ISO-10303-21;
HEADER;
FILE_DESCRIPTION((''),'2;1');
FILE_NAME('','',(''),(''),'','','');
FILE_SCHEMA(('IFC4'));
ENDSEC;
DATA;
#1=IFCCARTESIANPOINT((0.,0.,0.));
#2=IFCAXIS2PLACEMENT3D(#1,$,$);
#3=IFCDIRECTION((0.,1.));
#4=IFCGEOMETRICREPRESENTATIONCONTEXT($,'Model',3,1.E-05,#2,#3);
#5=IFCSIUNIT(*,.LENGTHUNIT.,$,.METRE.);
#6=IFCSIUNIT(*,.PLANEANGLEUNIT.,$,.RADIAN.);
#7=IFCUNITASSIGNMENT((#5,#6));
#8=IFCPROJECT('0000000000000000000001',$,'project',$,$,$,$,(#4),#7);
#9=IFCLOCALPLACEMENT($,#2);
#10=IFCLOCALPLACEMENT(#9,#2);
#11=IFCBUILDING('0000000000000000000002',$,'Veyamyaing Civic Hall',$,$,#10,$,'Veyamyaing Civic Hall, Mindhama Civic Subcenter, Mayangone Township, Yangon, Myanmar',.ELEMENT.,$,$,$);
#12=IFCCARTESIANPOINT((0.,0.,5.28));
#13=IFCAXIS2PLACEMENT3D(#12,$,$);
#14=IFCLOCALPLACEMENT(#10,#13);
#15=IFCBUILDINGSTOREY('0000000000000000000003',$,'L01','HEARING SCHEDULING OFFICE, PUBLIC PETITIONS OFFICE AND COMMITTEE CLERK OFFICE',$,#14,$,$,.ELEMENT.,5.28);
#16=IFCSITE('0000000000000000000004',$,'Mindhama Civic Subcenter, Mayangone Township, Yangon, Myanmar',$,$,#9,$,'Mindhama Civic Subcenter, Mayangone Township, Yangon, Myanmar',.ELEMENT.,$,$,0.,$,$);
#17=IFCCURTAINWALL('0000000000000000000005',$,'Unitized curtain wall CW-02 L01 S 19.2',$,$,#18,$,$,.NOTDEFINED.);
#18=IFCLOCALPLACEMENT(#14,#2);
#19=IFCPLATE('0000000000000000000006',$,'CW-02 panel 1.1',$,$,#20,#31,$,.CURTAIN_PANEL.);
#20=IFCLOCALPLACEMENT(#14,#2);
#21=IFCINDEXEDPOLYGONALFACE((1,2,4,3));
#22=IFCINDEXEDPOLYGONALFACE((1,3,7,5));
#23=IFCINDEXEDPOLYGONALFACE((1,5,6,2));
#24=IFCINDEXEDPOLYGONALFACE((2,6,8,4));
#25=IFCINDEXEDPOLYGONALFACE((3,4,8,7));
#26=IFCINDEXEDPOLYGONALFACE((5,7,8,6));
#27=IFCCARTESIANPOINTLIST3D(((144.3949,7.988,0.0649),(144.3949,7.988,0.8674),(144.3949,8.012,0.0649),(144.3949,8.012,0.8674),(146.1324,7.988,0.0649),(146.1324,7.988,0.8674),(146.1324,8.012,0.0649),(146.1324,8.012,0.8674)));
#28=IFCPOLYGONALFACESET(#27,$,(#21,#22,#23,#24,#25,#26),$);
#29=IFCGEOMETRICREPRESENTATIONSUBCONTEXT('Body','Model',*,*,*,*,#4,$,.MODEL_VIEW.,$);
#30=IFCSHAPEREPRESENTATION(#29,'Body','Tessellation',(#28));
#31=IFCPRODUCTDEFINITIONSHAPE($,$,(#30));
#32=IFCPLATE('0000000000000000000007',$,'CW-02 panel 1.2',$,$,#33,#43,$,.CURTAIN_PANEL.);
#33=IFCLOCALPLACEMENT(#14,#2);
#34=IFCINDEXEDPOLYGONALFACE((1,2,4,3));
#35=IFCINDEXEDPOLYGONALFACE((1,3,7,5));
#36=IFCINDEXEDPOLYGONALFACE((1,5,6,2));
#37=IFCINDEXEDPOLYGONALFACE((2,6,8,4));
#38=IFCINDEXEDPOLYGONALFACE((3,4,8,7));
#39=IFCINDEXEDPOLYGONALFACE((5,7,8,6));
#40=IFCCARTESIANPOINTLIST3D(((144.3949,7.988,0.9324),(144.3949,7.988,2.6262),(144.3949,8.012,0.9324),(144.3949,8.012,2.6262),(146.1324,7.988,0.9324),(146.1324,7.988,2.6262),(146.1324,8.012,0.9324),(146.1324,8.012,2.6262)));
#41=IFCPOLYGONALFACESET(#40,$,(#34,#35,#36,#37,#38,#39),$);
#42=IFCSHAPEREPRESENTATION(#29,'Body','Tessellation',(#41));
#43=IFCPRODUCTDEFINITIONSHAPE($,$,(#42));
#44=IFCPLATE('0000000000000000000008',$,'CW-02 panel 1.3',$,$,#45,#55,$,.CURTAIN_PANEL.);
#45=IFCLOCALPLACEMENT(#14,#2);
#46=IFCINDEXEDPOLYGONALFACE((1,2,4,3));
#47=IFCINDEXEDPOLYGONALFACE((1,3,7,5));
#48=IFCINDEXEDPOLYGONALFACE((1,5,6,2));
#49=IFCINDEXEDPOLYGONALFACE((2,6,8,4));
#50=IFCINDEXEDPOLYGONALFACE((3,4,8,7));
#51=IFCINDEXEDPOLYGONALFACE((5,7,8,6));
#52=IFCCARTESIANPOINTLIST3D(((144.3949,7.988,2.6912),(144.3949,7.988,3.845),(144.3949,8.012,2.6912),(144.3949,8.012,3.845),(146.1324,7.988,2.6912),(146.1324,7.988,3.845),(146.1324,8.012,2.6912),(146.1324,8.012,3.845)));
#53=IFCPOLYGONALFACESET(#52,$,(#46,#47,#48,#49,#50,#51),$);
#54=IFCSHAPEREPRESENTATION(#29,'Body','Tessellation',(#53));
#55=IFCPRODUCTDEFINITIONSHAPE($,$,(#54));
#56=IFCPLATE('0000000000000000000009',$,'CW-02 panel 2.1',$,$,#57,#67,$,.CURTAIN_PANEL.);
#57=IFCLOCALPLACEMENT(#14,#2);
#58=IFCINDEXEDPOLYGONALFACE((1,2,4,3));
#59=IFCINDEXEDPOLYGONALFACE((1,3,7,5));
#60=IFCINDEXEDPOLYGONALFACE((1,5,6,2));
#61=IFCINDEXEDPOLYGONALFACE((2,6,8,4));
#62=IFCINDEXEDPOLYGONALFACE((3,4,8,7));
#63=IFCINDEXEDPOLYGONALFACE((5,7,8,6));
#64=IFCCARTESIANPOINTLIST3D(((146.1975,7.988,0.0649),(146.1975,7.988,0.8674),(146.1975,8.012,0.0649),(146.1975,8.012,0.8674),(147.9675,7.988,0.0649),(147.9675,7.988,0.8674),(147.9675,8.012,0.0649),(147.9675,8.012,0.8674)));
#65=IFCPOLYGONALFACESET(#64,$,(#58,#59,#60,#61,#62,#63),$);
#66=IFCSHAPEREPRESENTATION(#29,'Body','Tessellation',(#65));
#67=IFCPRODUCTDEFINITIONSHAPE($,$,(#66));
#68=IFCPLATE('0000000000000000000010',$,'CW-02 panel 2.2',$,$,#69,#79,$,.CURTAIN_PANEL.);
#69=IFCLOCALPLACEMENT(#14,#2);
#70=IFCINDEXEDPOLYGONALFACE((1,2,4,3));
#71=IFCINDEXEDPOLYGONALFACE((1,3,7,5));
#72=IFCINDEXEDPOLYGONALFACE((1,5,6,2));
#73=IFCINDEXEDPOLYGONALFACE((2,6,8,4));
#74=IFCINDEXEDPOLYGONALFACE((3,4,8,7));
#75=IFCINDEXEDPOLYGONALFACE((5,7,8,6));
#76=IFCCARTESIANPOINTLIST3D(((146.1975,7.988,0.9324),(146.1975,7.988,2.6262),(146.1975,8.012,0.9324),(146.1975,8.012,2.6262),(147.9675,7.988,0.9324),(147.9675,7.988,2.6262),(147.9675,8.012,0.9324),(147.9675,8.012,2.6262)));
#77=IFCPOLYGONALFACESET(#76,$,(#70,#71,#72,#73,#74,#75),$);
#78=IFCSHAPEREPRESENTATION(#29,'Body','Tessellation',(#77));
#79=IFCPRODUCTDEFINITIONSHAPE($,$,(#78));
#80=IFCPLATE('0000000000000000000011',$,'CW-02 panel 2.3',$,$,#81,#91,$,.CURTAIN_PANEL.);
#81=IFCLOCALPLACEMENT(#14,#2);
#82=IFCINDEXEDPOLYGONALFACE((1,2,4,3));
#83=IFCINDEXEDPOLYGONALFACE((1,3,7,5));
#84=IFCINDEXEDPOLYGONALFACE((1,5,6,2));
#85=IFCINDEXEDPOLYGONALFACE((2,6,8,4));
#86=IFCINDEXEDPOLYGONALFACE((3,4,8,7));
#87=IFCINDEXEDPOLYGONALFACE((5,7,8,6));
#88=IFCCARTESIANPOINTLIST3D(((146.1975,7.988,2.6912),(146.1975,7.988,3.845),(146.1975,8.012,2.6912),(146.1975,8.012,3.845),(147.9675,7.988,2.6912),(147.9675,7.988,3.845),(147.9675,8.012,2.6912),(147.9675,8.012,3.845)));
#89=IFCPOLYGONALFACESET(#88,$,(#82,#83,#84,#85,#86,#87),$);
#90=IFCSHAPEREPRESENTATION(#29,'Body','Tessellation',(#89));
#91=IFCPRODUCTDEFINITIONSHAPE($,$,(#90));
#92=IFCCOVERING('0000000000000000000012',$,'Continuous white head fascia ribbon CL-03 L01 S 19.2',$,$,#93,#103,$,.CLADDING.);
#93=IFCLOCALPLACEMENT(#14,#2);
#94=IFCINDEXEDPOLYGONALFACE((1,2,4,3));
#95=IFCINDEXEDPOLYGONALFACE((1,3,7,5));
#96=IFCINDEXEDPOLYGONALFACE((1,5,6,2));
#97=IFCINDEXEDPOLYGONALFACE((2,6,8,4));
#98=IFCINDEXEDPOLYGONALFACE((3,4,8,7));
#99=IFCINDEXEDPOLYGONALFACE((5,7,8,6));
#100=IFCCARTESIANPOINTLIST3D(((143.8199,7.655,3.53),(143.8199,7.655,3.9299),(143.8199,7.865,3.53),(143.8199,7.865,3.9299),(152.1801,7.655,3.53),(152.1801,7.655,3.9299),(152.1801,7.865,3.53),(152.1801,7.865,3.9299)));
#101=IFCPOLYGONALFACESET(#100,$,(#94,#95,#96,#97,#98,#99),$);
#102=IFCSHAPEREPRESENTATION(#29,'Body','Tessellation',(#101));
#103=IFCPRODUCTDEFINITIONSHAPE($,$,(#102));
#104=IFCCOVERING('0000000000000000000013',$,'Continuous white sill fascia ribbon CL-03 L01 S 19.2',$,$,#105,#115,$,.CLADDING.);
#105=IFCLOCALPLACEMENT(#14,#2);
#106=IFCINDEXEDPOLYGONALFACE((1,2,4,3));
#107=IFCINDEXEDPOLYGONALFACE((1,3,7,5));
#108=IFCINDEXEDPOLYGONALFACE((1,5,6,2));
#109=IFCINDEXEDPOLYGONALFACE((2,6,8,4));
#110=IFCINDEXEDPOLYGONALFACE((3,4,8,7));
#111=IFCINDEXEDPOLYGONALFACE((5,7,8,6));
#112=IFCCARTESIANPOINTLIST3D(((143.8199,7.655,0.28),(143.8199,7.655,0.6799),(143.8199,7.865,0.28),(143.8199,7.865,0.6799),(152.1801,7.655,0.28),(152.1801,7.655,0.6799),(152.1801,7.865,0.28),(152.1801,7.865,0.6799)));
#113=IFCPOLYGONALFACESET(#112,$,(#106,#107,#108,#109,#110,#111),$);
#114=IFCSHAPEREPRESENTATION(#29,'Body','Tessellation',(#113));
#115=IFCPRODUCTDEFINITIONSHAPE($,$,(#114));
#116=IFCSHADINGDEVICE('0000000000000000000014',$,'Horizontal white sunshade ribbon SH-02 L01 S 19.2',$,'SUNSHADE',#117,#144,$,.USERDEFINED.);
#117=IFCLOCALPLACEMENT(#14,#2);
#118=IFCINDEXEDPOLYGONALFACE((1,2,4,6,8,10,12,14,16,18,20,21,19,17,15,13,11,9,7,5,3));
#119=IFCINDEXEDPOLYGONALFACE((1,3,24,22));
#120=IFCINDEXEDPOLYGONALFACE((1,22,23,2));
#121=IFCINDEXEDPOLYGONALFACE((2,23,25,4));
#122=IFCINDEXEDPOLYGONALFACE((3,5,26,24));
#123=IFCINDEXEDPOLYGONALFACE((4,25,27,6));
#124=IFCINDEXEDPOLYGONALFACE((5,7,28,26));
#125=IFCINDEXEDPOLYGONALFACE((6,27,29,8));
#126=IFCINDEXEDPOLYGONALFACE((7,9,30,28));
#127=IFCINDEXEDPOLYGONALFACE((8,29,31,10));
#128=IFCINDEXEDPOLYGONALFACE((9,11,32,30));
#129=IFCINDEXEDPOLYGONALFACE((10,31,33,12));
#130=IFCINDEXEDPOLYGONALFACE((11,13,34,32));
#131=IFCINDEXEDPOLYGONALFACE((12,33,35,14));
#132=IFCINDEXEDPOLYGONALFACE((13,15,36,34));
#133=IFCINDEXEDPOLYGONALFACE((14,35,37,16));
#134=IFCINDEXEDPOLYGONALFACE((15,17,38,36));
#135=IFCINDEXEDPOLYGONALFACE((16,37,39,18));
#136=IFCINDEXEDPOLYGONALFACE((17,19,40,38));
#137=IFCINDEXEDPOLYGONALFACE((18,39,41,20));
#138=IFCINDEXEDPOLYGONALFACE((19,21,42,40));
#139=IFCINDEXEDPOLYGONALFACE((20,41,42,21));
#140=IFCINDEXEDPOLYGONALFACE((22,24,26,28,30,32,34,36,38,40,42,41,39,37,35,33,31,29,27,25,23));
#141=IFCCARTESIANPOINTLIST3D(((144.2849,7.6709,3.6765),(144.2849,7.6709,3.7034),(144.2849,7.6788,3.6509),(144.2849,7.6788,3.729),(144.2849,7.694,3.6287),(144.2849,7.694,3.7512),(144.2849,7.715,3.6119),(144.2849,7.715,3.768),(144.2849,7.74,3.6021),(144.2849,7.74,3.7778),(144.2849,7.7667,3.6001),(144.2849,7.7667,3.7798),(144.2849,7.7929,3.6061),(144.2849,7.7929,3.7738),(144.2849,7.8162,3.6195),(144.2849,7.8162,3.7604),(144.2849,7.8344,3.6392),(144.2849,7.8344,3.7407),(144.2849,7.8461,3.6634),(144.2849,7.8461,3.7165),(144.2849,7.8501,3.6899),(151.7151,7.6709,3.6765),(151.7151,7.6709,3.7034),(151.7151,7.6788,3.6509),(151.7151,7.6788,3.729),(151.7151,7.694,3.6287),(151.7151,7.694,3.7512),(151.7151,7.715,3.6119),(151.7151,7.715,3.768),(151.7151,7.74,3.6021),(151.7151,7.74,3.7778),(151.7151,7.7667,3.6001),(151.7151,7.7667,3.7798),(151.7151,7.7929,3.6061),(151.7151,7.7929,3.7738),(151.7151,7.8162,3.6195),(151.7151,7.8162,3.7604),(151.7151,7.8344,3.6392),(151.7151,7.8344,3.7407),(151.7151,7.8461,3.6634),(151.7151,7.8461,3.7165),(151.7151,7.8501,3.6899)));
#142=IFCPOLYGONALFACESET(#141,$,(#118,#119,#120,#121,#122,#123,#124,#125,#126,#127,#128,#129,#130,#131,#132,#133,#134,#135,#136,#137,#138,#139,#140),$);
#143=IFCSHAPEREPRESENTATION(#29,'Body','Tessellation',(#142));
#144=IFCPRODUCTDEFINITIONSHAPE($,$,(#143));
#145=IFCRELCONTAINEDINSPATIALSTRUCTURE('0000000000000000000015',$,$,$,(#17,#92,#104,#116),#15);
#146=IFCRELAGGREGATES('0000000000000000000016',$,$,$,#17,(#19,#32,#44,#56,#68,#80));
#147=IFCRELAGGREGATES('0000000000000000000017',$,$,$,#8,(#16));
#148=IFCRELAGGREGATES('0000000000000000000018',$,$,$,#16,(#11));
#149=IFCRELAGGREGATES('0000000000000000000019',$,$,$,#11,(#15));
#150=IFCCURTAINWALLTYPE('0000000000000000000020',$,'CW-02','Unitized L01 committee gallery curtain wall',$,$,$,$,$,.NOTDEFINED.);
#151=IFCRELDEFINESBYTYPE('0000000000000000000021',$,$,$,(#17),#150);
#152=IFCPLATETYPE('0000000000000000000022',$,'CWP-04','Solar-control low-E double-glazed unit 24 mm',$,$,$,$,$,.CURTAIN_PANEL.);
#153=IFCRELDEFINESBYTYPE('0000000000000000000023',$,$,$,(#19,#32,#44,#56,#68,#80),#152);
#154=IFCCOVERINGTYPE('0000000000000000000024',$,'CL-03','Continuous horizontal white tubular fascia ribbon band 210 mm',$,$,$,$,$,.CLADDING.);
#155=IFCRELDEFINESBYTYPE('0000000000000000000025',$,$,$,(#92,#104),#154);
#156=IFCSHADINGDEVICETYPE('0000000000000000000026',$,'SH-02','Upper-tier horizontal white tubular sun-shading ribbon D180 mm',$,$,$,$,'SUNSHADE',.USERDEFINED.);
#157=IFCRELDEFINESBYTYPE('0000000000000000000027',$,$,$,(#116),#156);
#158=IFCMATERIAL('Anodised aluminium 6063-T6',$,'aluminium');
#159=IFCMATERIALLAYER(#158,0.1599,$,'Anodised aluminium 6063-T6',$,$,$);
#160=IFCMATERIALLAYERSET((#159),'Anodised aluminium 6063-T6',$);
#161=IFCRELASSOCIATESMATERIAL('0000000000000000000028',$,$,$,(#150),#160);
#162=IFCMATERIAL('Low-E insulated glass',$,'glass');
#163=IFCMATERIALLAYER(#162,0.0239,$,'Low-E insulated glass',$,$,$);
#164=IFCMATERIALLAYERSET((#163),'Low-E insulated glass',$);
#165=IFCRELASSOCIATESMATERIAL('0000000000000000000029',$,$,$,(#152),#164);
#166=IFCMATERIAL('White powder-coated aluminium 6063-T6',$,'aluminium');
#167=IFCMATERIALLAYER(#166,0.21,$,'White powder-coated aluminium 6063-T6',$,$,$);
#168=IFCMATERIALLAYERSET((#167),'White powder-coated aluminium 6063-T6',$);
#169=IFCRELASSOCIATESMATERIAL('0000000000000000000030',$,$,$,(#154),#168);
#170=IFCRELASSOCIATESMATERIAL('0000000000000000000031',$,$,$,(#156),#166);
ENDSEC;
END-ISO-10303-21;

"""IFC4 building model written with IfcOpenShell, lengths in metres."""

from ifc_helpers import new_model, si_unit, direction, frame, origin, origin_2d, place, context, subcontext, project, spatial, rectangle, circle, extrude, material, layer, layer_set, material_profile, profile_set, type_object, element, aggregate, save


model = new_model("IFC4")

# Units and contexts
model_context = context("Model", 3, precision=1e-05, world=origin(), true_north=direction((0.0, 1.0)))
body_context = subcontext(model_context, "Body", "Model", "MODEL_VIEW")
ifc_project = project(units=[si_unit("LENGTHUNIT", "METRE"), si_unit("PLANEANGLEUNIT", "RADIAN")], contexts=[model_context])

# Site, building, storey
site_placement = place(None, origin())
site = spatial("IfcSite", under=ifc_project, at=site_placement, Name="Mindhama Civic Subcenter, Mayangone Township, Yangon, Myanmar", LongName="Mindhama Civic Subcenter, Mayangone Township, Yangon, Myanmar", CompositionType="ELEMENT", RefElevation=0.0)
building_placement = place(site_placement, origin())
building = spatial("IfcBuilding", under=site, at=building_placement, Name="Veyamyaing Civic Hall", LongName="Veyamyaing Civic Hall, Mindhama Civic Subcenter, Mayangone Township, Yangon, Myanmar", CompositionType="ELEMENT")
storey_placement = place(building_placement, frame((0.0, 0.0, 5.28)))
storey = spatial("IfcBuildingStorey", under=building, at=storey_placement, Name="L01", Description="HEARING SCHEDULING OFFICE, PUBLIC PETITIONS OFFICE AND COMMITTEE CLERK OFFICE", CompositionType="ELEMENT", Elevation=5.28)

# Curtain wall, plates
ifc_material_1 = material(Name="Anodised aluminium 6063-T6", Category="aluminium")
ifc_layer_1 = layer(ifc_material_1, 0.1599, Name="Anodised aluminium 6063-T6")
ifc_layer_set_1 = layer_set([ifc_layer_1], Name="Anodised aluminium 6063-T6")
curtain_wall_type = type_object("IfcCurtainWallType", Name="CW-02", Description="Unitized L01 committee gallery curtain wall", PredefinedType="NOTDEFINED", material=ifc_layer_set_1)
curtain_wall_placement = place(storey_placement, origin())
curtain_wall = element("IfcCurtainWall", 1, at=curtain_wall_placement, inside=storey, type_object=curtain_wall_type, Name="Unitized curtain wall CW-02 L01 S 19.2", PredefinedType="NOTDEFINED")
ifc_material_2 = material(Name="Low-E insulated glass", Category="glass")
ifc_layer_2 = layer(ifc_material_2, 0.0239, Name="Low-E insulated glass")
ifc_layer_set_2 = layer_set([ifc_layer_2], Name="Low-E insulated glass")
plate_type = type_object("IfcPlateType", Name="CWP-04", Description="Solar-control low-E double-glazed unit 24 mm", PredefinedType="CURTAIN_PANEL", material=ifc_layer_set_2)
plate_1_placement = place(storey_placement, frame((145.2637, 8.0, 0.0649), z_axis=(0.0, 0.0, 1.0), x_axis=(1.0, 0.0, 0.0)))
plate_1 = element("IfcPlate", 2, at=plate_1_placement, type_object=plate_type, Name="CW-02 panel 1.1", PredefinedType="CURTAIN_PANEL", context=body_context, shape_type="SweptSolid", body=[
    extrude(rectangle(XDim=1.7375, YDim=0.0239, at=origin_2d()), origin(), (0.0, 0.0, 1.0), 0.8025),
])
plate_2_placement = place(storey_placement, frame((145.2637, 8.0, 0.9324), z_axis=(0.0, 0.0, 1.0), x_axis=(1.0, 0.0, 0.0)))
plate_2 = element("IfcPlate", 3, at=plate_2_placement, type_object=plate_type, Name="CW-02 panel 1.2", PredefinedType="CURTAIN_PANEL", context=body_context, shape_type="SweptSolid", body=[
    extrude(rectangle(XDim=1.7375, YDim=0.0239, at=origin_2d()), origin(), (0.0, 0.0, 1.0), 1.6938),
])
plate_3_placement = place(storey_placement, frame((145.2637, 8.0, 2.6912), z_axis=(0.0, 0.0, 1.0), x_axis=(1.0, 0.0, 0.0)))
plate_3 = element("IfcPlate", 4, at=plate_3_placement, type_object=plate_type, Name="CW-02 panel 1.3", PredefinedType="CURTAIN_PANEL", context=body_context, shape_type="SweptSolid", body=[
    extrude(rectangle(XDim=1.7375, YDim=0.0239, at=origin_2d()), origin(), (0.0, 0.0, 1.0), 1.1538),
])
plate_4_placement = place(storey_placement, frame((147.0825, 8.0, 0.0649), z_axis=(0.0, 0.0, 1.0), x_axis=(1.0, 0.0, 0.0)))
plate_4 = element("IfcPlate", 5, at=plate_4_placement, type_object=plate_type, Name="CW-02 panel 2.1", PredefinedType="CURTAIN_PANEL", context=body_context, shape_type="SweptSolid", body=[
    extrude(rectangle(XDim=1.77, YDim=0.0239, at=origin_2d()), origin(), (0.0, 0.0, 1.0), 0.8025),
])
plate_5_placement = place(storey_placement, frame((147.0825, 8.0, 0.9324), z_axis=(0.0, 0.0, 1.0), x_axis=(1.0, 0.0, 0.0)))
plate_5 = element("IfcPlate", 6, at=plate_5_placement, type_object=plate_type, Name="CW-02 panel 2.2", PredefinedType="CURTAIN_PANEL", context=body_context, shape_type="SweptSolid", body=[
    extrude(rectangle(XDim=1.77, YDim=0.0239, at=origin_2d()), origin(), (0.0, 0.0, 1.0), 1.6938),
])
plate_6_placement = place(storey_placement, frame((147.0825, 8.0, 2.6912), z_axis=(0.0, 0.0, 1.0), x_axis=(1.0, 0.0, 0.0)))
plate_6 = element("IfcPlate", 7, at=plate_6_placement, type_object=plate_type, Name="CW-02 panel 2.3", PredefinedType="CURTAIN_PANEL", context=body_context, shape_type="SweptSolid", body=[
    extrude(rectangle(XDim=1.77, YDim=0.0239, at=origin_2d()), origin(), (0.0, 0.0, 1.0), 1.1538),
])
aggregate(curtain_wall, [plate_1, plate_2, plate_3, plate_4, plate_5, plate_6])

# Coverings
ifc_material_3 = material(Name="White powder-coated aluminium 6063-T6", Category="aluminium")
ifc_layer_3 = layer(ifc_material_3, 0.21, Name="White powder-coated aluminium 6063-T6")
ifc_layer_set_3 = layer_set([ifc_layer_3], Name="White powder-coated aluminium 6063-T6")
covering_type = type_object("IfcCoveringType", Name="CL-03", Description="Continuous horizontal white tubular fascia ribbon band 210 mm", PredefinedType="CLADDING", material=ifc_layer_set_3)
for number, where, z_axis, x_axis, name in (
    (8, (148.0, 7.76, 3.53), (0.0, 0.0, 1.0), (1.0, 0.0, 0.0), "Continuous white head fascia ribbon CL-03 L01 S 19.2"),
    (9, (148.0, 7.76, 0.28), (0.0, 0.0, 1.0), (1.0, 0.0, 0.0), "Continuous white sill fascia ribbon CL-03 L01 S 19.2"),
):
    element("IfcCovering", number, at=place(storey_placement, frame(where, z_axis=z_axis, x_axis=x_axis)), inside=storey, type_object=covering_type, Name=name, PredefinedType="CLADDING", context=body_context, shape_type="SweptSolid", body=[
        extrude(rectangle(XDim=8.3601, YDim=0.21, at=origin_2d()), origin(), (0.0, 0.0, 1.0), 0.3999),
    ])

# Shading device
ifc_material_profile_1 = material_profile(ifc_material_3, circle(Radius=0.0901, at=origin_2d()), Name="SHADE-TUBE-180")
ifc_profile_set_1 = profile_set([ifc_material_profile_1], Name="White powder-coated aluminium 6063-T6")
shading_device_type = type_object("IfcShadingDeviceType", Name="SH-02", Description="Upper-tier horizontal white tubular sun-shading ribbon D180 mm", ElementType="SUNSHADE", PredefinedType="USERDEFINED", material=ifc_profile_set_1)
shading_device_placement = place(storey_placement, frame((144.2849, 7.76, 3.6899), z_axis=(1.0, 0.0, 0.0), x_axis=(0.0, 1.0, 0.0)))
element("IfcShadingDevice", 10, at=shading_device_placement, inside=storey, type_object=shading_device_type, Name="Horizontal white sunshade ribbon SH-02 L01 S 19.2", ObjectType="SUNSHADE", PredefinedType="USERDEFINED", context=body_context, shape_type="SweptSolid", body=[
    extrude(circle(Radius=0.0901, at=origin_2d()), origin(), (0.0, 0.0, 1.0), 7.4302),
])

save(model, "model.ifc")
